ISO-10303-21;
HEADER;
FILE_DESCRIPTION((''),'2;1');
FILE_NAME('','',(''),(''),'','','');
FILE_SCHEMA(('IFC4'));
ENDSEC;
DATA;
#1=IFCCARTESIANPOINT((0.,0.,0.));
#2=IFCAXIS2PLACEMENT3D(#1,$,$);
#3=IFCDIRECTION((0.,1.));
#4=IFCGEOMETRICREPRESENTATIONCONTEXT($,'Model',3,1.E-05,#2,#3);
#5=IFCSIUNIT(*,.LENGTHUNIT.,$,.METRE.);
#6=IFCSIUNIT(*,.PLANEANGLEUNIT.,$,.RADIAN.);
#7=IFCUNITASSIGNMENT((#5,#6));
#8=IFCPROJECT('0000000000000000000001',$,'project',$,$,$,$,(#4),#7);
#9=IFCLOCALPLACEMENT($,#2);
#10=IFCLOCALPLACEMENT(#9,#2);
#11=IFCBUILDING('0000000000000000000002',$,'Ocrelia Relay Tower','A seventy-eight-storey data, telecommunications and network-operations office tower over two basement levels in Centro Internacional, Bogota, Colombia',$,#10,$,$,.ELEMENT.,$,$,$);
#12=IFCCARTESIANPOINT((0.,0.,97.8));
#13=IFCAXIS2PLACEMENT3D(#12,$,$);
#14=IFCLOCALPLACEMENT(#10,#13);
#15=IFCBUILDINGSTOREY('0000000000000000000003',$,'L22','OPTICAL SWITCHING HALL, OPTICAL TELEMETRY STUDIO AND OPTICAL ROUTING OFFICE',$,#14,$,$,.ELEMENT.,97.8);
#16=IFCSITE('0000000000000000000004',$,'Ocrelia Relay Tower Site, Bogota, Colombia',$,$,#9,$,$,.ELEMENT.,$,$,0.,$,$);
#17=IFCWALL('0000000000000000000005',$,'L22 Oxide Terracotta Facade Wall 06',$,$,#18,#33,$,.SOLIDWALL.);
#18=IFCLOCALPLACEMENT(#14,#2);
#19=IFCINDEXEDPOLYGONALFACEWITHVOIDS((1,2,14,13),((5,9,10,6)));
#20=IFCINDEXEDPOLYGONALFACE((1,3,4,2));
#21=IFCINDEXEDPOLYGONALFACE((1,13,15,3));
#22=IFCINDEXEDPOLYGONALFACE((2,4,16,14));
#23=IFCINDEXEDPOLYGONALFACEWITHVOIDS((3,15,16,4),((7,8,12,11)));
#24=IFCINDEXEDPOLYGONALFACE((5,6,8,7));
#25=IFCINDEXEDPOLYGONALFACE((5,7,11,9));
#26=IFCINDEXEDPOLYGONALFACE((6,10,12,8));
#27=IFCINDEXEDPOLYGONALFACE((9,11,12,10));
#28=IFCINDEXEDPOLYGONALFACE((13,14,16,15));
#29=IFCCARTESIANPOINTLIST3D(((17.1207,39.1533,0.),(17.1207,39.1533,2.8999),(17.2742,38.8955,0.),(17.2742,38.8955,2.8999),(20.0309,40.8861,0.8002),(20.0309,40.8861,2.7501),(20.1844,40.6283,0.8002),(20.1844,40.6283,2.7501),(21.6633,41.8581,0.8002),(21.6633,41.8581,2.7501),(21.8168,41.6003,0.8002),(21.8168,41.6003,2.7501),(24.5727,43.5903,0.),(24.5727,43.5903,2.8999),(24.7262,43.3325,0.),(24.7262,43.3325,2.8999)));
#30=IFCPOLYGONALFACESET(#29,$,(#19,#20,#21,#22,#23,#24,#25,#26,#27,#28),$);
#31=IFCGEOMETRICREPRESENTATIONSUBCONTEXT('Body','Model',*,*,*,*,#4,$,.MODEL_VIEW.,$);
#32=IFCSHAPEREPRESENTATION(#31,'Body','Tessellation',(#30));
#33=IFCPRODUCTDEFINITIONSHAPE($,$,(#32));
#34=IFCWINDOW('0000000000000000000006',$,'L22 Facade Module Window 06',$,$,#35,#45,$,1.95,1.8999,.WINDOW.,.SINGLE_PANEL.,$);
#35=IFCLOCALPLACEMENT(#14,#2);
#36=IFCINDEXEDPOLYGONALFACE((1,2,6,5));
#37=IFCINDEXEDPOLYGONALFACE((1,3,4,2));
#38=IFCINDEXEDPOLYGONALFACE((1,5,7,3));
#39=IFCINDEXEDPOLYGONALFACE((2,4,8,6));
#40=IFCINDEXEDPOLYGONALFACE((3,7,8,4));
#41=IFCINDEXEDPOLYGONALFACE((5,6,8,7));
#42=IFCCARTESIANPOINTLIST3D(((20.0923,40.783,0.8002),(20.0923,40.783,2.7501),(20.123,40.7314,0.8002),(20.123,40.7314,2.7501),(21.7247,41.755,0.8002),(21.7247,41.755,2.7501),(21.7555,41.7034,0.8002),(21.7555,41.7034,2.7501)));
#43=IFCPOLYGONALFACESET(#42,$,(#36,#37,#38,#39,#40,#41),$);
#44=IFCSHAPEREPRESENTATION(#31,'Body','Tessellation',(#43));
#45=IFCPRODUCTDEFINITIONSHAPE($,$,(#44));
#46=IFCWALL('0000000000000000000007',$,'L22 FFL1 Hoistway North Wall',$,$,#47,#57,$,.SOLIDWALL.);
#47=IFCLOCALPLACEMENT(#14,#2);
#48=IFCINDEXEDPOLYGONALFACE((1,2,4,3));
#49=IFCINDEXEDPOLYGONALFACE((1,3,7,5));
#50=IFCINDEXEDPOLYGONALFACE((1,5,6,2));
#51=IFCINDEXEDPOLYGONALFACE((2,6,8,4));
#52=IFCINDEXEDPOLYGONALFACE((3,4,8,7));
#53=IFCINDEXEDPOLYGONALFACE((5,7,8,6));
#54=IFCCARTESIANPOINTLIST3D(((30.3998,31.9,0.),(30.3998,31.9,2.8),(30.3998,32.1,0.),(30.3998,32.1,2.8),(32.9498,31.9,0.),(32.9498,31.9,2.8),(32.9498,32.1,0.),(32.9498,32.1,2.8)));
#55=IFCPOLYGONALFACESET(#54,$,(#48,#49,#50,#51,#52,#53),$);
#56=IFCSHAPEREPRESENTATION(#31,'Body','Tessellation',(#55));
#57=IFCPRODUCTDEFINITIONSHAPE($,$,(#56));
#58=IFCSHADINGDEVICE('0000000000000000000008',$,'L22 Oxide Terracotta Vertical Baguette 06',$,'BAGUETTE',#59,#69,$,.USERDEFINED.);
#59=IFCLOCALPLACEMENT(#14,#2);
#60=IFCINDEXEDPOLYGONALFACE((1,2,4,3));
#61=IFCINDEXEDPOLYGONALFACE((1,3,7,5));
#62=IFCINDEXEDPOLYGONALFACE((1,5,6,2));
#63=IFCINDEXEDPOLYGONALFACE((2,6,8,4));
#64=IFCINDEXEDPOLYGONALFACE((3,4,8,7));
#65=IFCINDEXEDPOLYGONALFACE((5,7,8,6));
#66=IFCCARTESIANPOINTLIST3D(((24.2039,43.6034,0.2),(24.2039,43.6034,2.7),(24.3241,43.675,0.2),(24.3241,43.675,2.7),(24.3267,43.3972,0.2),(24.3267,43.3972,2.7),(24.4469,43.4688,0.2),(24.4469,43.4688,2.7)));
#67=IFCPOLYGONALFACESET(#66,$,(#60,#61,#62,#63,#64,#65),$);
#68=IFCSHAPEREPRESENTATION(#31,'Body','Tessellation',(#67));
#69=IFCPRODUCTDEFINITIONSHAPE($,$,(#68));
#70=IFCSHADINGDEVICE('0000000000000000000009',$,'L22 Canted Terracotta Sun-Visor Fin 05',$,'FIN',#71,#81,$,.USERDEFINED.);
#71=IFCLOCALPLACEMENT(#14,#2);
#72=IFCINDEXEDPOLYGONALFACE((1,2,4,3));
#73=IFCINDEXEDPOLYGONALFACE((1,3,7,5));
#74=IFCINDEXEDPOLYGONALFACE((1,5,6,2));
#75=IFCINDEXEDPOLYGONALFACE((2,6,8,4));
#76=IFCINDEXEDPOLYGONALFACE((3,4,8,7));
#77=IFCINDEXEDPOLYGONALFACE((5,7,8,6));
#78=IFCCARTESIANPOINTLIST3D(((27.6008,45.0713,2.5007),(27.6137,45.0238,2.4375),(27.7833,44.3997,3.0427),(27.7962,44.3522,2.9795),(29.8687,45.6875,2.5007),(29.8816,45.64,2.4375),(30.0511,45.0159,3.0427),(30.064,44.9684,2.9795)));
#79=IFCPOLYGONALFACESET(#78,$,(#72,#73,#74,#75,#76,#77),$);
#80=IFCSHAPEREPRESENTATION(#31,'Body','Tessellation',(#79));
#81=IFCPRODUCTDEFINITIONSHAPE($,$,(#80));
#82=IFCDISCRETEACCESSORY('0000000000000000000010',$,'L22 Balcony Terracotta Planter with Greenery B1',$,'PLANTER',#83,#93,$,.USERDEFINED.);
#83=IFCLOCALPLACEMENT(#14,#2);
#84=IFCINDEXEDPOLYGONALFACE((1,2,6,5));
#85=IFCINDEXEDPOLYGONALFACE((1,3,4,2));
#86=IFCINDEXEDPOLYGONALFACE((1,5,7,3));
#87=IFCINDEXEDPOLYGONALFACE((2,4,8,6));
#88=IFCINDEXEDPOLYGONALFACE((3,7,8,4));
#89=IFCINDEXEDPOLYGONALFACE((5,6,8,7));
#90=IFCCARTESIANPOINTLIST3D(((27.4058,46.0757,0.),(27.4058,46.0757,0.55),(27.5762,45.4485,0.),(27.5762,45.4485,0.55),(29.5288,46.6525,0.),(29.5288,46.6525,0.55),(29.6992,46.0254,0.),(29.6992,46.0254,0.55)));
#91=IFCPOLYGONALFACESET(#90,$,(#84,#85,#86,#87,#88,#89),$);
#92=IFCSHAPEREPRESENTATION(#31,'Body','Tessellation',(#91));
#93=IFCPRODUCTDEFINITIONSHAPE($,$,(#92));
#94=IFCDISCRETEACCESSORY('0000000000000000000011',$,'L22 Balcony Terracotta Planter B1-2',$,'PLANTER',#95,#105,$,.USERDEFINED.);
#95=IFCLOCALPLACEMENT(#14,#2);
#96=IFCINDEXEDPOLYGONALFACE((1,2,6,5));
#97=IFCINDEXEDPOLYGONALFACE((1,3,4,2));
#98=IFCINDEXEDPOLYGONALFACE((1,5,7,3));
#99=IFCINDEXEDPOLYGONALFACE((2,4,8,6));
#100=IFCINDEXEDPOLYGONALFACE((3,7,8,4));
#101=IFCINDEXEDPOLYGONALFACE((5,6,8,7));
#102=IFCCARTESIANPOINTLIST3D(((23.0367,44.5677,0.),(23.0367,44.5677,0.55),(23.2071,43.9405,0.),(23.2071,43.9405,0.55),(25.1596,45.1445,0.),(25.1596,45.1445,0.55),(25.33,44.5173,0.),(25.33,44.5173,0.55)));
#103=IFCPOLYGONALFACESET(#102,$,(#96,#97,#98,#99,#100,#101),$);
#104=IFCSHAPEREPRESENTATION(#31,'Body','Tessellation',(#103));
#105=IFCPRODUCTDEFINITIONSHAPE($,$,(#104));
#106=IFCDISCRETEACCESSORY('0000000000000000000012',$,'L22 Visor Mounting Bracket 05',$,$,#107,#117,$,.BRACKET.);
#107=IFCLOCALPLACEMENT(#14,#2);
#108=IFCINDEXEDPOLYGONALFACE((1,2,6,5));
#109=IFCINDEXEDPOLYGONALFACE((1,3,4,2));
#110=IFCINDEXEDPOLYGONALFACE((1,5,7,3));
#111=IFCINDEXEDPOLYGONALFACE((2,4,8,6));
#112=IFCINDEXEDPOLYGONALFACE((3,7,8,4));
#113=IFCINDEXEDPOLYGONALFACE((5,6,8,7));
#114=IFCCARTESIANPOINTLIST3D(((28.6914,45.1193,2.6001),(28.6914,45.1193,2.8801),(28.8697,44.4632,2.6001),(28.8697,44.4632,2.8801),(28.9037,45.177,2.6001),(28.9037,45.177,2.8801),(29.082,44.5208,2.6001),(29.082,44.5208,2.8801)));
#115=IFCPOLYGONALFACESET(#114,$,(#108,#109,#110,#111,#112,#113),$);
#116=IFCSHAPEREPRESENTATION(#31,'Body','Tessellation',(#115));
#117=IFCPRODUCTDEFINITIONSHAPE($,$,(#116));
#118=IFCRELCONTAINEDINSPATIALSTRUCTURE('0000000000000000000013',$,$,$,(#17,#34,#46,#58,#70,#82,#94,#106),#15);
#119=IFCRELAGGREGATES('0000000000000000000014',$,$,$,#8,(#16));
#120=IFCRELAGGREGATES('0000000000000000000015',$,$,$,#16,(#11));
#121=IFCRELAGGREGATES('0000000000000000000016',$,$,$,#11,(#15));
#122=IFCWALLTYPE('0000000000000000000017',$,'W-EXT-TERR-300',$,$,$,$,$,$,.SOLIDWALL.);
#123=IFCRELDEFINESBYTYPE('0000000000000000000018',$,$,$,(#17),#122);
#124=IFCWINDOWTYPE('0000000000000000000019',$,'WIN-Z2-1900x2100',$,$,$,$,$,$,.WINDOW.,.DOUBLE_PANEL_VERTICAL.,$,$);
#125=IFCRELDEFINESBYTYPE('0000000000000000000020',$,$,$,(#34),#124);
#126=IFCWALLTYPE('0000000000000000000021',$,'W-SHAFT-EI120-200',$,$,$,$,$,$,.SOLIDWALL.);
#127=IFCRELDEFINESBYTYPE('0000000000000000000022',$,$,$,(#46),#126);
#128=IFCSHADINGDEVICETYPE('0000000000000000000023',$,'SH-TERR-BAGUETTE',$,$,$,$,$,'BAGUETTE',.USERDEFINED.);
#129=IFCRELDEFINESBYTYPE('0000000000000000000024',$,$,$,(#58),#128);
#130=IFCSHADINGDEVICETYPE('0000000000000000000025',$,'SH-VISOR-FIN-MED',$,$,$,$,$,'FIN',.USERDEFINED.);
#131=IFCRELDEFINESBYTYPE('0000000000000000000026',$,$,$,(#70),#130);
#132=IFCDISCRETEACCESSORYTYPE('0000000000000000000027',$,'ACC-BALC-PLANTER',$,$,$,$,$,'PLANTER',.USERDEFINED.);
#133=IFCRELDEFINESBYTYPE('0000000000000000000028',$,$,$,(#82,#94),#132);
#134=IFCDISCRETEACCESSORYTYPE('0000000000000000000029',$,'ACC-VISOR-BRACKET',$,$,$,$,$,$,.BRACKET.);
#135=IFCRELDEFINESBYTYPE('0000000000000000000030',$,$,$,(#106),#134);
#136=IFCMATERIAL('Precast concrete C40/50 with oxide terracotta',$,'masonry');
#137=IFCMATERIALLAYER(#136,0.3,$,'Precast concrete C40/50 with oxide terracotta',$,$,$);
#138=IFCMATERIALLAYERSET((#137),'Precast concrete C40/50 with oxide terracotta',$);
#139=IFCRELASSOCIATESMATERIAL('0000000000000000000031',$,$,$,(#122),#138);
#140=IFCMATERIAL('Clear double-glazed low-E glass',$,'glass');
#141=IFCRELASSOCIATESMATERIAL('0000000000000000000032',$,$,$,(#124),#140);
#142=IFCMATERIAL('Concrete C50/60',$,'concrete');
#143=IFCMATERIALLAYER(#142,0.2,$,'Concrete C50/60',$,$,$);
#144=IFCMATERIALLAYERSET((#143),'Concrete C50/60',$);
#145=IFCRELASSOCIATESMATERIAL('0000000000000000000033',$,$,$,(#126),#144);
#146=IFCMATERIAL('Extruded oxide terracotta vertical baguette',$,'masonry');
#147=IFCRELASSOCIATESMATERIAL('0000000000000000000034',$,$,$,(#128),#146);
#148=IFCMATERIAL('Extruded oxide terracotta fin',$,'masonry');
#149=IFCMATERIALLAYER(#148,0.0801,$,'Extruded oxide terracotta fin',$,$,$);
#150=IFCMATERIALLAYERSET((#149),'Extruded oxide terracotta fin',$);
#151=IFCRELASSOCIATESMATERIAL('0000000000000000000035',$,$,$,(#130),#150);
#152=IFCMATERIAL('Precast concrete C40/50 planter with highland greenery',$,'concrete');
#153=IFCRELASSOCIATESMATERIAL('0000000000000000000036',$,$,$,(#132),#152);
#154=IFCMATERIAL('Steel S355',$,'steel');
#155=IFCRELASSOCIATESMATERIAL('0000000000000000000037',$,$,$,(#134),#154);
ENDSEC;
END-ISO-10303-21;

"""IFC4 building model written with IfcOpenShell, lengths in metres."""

from ifc_helpers import new_model, si_unit, direction, frame, frame_2d, origin, origin_2d, place, context, subcontext, project, spatial, rectangle, extrude, material, layer, layer_set, type_object, element, fill, save


model = new_model("IFC4")

# Units and contexts
model_context = context("Model", 3, precision=1e-05, world=origin(), true_north=direction((0.0, 1.0)))
body_context = subcontext(model_context, "Body", "Model", "MODEL_VIEW")
ifc_project = project(units=[si_unit("LENGTHUNIT", "METRE"), si_unit("PLANEANGLEUNIT", "RADIAN")], contexts=[model_context])

# Site, building, storey
site_placement = place(None, origin())
site = spatial("IfcSite", under=ifc_project, at=site_placement, Name="Ocrelia Relay Tower Site, Bogota, Colombia", CompositionType="ELEMENT", RefElevation=0.0)
building_placement = place(site_placement, origin())
building = spatial("IfcBuilding", under=site, at=building_placement, Name="Ocrelia Relay Tower", Description="A seventy-eight-storey data, telecommunications and network-operations office tower over two basement levels in Centro Internacional, Bogota, Colombia", CompositionType="ELEMENT")
storey_placement = place(building_placement, frame((0.0, 0.0, 97.8)))
storey = spatial("IfcBuildingStorey", under=building, at=storey_placement, Name="L22", Description="OPTICAL SWITCHING HALL, OPTICAL TELEMETRY STUDIO AND OPTICAL ROUTING OFFICE", CompositionType="ELEMENT", Elevation=97.8)

# Shared definitions
ifc_material_1 = material(Name="Steel S355", Category="steel")

# Wall, opening, window
ifc_material_2 = material(Name="Precast concrete C40/50 with oxide terracotta", Category="masonry")
ifc_layer_1 = layer(ifc_material_2, 0.3, Name="Precast concrete C40/50 with oxide terracotta")
ifc_layer_set_1 = layer_set([ifc_layer_1], Name="Precast concrete C40/50 with oxide terracotta")
wall_type_1 = type_object("IfcWallType", Name="W-EXT-TERR-300", PredefinedType="SOLIDWALL", material=ifc_layer_set_1)
wall_1_placement = place(storey_placement, frame((24.6494, 43.4614, 0.0), z_axis=(0.0, 0.0, 1.0), x_axis=(-0.859224, -0.511599, 0.0)))
wall_1 = element("IfcWall", 1, at=wall_1_placement, inside=storey, type_object=wall_type_1, Name="L22 Oxide Terracotta Facade Wall 06", PredefinedType="SOLIDWALL", context=body_context, shape_type="SweptSolid", body=[
    extrude(rectangle(XDim=8.6729, YDim=0.3, at=frame_2d((4.3364, 0.0))), origin(), (0.0, 0.0, 1.0), 2.8999),
])
opening_1_placement = place(wall_1_placement, frame((3.386, 0.0, 0.8)))
opening_1 = element("IfcOpeningElement", 2, at=opening_1_placement, cuts=wall_1, PredefinedType="OPENING", context=body_context, shape_type="SweptSolid", body=[
    extrude(rectangle(XDim=1.8999, YDim=1.95, at=frame_2d((0.95, 0.9751))), frame((0.0, 0.1602, 0.0), z_axis=(0.0, -1.0, 0.0), x_axis=(1.0, 0.0, 0.0)), (0.0, 0.0, 1.0), 0.3201),
])
ifc_material_3 = material(Name="Clear double-glazed low-E glass", Category="glass")
window_type = type_object("IfcWindowType", Name="WIN-Z2-1900x2100", PartitioningType="DOUBLE_PANEL_VERTICAL", PredefinedType="WINDOW", material=ifc_material_3)
window_placement = place(opening_1_placement, origin())
window = element("IfcWindow", 3, at=window_placement, inside=storey, type_object=window_type, Name="L22 Facade Module Window 06", OverallHeight=1.95, OverallWidth=1.8999, PartitioningType="SINGLE_PANEL", PredefinedType="WINDOW", context=body_context, shape_type="SweptSolid", body=[
    extrude(rectangle(XDim=1.8999, YDim=1.95, at=frame_2d((0.95, 0.9751))), frame((0.0, 0.03, 0.0), z_axis=(0.0, -1.0, 0.0), x_axis=(1.0, 0.0, 0.0)), (0.0, 0.0, 1.0), 0.0601),
])
fill(opening_1, window)

# Shared definitions
ifc_material_4 = material(Name="Concrete C50/60", Category="concrete")

# Wall
ifc_layer_2 = layer(ifc_material_4, 0.2, Name="Concrete C50/60")
ifc_layer_set_2 = layer_set([ifc_layer_2], Name="Concrete C50/60")
wall_type_2 = type_object("IfcWallType", Name="W-SHAFT-EI120-200", PredefinedType="SOLIDWALL", material=ifc_layer_set_2)
wall_2_placement = place(storey_placement, frame((30.3999, 32.0, 0.0), z_axis=(0.0, 0.0, 1.0), x_axis=(1.0, 0.0, 0.0)))
element("IfcWall", 4, at=wall_2_placement, inside=storey, type_object=wall_type_2, Name="L22 FFL1 Hoistway North Wall", PredefinedType="SOLIDWALL", context=body_context, shape_type="SweptSolid", body=[
    extrude(rectangle(XDim=2.55, YDim=0.2, at=frame_2d((1.2749, 0.0))), origin(), (0.0, 0.0, 1.0), 2.8),
])

# Shading devices
ifc_material_5 = material(Name="Extruded oxide terracotta vertical baguette", Category="masonry")
shading_device_type_1 = type_object("IfcShadingDeviceType", Name="SH-TERR-BAGUETTE", ElementType="BAGUETTE", PredefinedType="USERDEFINED", material=ifc_material_5)
shading_device_1_placement = place(storey_placement, frame((24.3254, 43.5361, 0.2), z_axis=(0.0, 0.0, 1.0), x_axis=(-0.85922, -0.511607, 0.0)))
element("IfcShadingDevice", 5, at=shading_device_1_placement, inside=storey, type_object=shading_device_type_1, Name="L22 Oxide Terracotta Vertical Baguette 06", ObjectType="BAGUETTE", PredefinedType="USERDEFINED", context=body_context, shape_type="SweptSolid", body=[
    extrude(rectangle(XDim=0.1399, YDim=0.24, at=origin_2d()), origin(), (0.0, 0.0, 1.0), 2.5),
])
ifc_material_6 = material(Name="Extruded oxide terracotta fin", Category="masonry")
ifc_layer_3 = layer(ifc_material_6, 0.0801, Name="Extruded oxide terracotta fin")
ifc_layer_set_3 = layer_set([ifc_layer_3], Name="Extruded oxide terracotta fin")
shading_device_type_2 = type_object("IfcShadingDeviceType", Name="SH-VISOR-FIN-MED", ElementType="FIN", PredefinedType="USERDEFINED", material=ifc_layer_set_3)
shading_device_2_placement = place(storey_placement, frame((28.8389, 44.9961, 2.7085), z_axis=(-0.161098, 0.592927, 0.788977), x_axis=(-0.965015, -0.262194, 0.0)))
element("IfcShadingDevice", 6, at=shading_device_2_placement, inside=storey, type_object=shading_device_type_2, Name="L22 Canted Terracotta Sun-Visor Fin 05", ObjectType="FIN", PredefinedType="USERDEFINED", context=body_context, shape_type="SweptSolid", body=[
    extrude(rectangle(XDim=2.3501, YDim=0.8821, at=origin_2d()), origin(), (0.0, 0.0, 1.0), 0.0801),
])

# Discrete accessories
ifc_material_7 = material(Name="Precast concrete C40/50 planter with highland greenery", Category="concrete")
discrete_accessory_type_1 = type_object("IfcDiscreteAccessoryType", Name="ACC-BALC-PLANTER", ElementType="PLANTER", PredefinedType="USERDEFINED", material=ifc_material_7)
for number, where, z_axis, x_axis, name in (
    (7, (28.5525, 46.0505, 0.0), (0.0, 0.0, 1.0), (0.965016, 0.262192, 0.0), "L22 Balcony Terracotta Planter with Greenery B1"),
    (8, (24.1833, 44.5425, 0.0), (0.0, 0.0, 1.0), (0.965016, 0.262192, 0.0), "L22 Balcony Terracotta Planter B1-2"),
):
    element("IfcDiscreteAccessory", number, at=place(storey_placement, frame(where, z_axis=z_axis, x_axis=x_axis)), inside=storey, type_object=discrete_accessory_type_1, Name=name, ObjectType="PLANTER", PredefinedType="USERDEFINED", context=body_context, shape_type="SweptSolid", body=[
        extrude(rectangle(XDim=2.2, YDim=0.6499, at=origin_2d()), origin(), (0.0, 0.0, 1.0), 0.55),
    ])
discrete_accessory_type_2 = type_object("IfcDiscreteAccessoryType", Name="ACC-VISOR-BRACKET", PredefinedType="BRACKET", material=ifc_material_1)
discrete_accessory_placement = place(storey_placement, frame((28.8867, 44.8201, 2.6001), z_axis=(0.0, 0.0, 1.0), x_axis=(-0.965015, -0.262194, 0.0)))
element("IfcDiscreteAccessory", 9, at=discrete_accessory_placement, inside=storey, type_object=discrete_accessory_type_2, Name="L22 Visor Mounting Bracket 05", PredefinedType="BRACKET", context=body_context, shape_type="SweptSolid", body=[
    extrude(rectangle(XDim=0.22, YDim=0.6799, at=origin_2d()), origin(), (0.0, 0.0, 1.0), 0.28),
])

save(model, "model.ifc")
